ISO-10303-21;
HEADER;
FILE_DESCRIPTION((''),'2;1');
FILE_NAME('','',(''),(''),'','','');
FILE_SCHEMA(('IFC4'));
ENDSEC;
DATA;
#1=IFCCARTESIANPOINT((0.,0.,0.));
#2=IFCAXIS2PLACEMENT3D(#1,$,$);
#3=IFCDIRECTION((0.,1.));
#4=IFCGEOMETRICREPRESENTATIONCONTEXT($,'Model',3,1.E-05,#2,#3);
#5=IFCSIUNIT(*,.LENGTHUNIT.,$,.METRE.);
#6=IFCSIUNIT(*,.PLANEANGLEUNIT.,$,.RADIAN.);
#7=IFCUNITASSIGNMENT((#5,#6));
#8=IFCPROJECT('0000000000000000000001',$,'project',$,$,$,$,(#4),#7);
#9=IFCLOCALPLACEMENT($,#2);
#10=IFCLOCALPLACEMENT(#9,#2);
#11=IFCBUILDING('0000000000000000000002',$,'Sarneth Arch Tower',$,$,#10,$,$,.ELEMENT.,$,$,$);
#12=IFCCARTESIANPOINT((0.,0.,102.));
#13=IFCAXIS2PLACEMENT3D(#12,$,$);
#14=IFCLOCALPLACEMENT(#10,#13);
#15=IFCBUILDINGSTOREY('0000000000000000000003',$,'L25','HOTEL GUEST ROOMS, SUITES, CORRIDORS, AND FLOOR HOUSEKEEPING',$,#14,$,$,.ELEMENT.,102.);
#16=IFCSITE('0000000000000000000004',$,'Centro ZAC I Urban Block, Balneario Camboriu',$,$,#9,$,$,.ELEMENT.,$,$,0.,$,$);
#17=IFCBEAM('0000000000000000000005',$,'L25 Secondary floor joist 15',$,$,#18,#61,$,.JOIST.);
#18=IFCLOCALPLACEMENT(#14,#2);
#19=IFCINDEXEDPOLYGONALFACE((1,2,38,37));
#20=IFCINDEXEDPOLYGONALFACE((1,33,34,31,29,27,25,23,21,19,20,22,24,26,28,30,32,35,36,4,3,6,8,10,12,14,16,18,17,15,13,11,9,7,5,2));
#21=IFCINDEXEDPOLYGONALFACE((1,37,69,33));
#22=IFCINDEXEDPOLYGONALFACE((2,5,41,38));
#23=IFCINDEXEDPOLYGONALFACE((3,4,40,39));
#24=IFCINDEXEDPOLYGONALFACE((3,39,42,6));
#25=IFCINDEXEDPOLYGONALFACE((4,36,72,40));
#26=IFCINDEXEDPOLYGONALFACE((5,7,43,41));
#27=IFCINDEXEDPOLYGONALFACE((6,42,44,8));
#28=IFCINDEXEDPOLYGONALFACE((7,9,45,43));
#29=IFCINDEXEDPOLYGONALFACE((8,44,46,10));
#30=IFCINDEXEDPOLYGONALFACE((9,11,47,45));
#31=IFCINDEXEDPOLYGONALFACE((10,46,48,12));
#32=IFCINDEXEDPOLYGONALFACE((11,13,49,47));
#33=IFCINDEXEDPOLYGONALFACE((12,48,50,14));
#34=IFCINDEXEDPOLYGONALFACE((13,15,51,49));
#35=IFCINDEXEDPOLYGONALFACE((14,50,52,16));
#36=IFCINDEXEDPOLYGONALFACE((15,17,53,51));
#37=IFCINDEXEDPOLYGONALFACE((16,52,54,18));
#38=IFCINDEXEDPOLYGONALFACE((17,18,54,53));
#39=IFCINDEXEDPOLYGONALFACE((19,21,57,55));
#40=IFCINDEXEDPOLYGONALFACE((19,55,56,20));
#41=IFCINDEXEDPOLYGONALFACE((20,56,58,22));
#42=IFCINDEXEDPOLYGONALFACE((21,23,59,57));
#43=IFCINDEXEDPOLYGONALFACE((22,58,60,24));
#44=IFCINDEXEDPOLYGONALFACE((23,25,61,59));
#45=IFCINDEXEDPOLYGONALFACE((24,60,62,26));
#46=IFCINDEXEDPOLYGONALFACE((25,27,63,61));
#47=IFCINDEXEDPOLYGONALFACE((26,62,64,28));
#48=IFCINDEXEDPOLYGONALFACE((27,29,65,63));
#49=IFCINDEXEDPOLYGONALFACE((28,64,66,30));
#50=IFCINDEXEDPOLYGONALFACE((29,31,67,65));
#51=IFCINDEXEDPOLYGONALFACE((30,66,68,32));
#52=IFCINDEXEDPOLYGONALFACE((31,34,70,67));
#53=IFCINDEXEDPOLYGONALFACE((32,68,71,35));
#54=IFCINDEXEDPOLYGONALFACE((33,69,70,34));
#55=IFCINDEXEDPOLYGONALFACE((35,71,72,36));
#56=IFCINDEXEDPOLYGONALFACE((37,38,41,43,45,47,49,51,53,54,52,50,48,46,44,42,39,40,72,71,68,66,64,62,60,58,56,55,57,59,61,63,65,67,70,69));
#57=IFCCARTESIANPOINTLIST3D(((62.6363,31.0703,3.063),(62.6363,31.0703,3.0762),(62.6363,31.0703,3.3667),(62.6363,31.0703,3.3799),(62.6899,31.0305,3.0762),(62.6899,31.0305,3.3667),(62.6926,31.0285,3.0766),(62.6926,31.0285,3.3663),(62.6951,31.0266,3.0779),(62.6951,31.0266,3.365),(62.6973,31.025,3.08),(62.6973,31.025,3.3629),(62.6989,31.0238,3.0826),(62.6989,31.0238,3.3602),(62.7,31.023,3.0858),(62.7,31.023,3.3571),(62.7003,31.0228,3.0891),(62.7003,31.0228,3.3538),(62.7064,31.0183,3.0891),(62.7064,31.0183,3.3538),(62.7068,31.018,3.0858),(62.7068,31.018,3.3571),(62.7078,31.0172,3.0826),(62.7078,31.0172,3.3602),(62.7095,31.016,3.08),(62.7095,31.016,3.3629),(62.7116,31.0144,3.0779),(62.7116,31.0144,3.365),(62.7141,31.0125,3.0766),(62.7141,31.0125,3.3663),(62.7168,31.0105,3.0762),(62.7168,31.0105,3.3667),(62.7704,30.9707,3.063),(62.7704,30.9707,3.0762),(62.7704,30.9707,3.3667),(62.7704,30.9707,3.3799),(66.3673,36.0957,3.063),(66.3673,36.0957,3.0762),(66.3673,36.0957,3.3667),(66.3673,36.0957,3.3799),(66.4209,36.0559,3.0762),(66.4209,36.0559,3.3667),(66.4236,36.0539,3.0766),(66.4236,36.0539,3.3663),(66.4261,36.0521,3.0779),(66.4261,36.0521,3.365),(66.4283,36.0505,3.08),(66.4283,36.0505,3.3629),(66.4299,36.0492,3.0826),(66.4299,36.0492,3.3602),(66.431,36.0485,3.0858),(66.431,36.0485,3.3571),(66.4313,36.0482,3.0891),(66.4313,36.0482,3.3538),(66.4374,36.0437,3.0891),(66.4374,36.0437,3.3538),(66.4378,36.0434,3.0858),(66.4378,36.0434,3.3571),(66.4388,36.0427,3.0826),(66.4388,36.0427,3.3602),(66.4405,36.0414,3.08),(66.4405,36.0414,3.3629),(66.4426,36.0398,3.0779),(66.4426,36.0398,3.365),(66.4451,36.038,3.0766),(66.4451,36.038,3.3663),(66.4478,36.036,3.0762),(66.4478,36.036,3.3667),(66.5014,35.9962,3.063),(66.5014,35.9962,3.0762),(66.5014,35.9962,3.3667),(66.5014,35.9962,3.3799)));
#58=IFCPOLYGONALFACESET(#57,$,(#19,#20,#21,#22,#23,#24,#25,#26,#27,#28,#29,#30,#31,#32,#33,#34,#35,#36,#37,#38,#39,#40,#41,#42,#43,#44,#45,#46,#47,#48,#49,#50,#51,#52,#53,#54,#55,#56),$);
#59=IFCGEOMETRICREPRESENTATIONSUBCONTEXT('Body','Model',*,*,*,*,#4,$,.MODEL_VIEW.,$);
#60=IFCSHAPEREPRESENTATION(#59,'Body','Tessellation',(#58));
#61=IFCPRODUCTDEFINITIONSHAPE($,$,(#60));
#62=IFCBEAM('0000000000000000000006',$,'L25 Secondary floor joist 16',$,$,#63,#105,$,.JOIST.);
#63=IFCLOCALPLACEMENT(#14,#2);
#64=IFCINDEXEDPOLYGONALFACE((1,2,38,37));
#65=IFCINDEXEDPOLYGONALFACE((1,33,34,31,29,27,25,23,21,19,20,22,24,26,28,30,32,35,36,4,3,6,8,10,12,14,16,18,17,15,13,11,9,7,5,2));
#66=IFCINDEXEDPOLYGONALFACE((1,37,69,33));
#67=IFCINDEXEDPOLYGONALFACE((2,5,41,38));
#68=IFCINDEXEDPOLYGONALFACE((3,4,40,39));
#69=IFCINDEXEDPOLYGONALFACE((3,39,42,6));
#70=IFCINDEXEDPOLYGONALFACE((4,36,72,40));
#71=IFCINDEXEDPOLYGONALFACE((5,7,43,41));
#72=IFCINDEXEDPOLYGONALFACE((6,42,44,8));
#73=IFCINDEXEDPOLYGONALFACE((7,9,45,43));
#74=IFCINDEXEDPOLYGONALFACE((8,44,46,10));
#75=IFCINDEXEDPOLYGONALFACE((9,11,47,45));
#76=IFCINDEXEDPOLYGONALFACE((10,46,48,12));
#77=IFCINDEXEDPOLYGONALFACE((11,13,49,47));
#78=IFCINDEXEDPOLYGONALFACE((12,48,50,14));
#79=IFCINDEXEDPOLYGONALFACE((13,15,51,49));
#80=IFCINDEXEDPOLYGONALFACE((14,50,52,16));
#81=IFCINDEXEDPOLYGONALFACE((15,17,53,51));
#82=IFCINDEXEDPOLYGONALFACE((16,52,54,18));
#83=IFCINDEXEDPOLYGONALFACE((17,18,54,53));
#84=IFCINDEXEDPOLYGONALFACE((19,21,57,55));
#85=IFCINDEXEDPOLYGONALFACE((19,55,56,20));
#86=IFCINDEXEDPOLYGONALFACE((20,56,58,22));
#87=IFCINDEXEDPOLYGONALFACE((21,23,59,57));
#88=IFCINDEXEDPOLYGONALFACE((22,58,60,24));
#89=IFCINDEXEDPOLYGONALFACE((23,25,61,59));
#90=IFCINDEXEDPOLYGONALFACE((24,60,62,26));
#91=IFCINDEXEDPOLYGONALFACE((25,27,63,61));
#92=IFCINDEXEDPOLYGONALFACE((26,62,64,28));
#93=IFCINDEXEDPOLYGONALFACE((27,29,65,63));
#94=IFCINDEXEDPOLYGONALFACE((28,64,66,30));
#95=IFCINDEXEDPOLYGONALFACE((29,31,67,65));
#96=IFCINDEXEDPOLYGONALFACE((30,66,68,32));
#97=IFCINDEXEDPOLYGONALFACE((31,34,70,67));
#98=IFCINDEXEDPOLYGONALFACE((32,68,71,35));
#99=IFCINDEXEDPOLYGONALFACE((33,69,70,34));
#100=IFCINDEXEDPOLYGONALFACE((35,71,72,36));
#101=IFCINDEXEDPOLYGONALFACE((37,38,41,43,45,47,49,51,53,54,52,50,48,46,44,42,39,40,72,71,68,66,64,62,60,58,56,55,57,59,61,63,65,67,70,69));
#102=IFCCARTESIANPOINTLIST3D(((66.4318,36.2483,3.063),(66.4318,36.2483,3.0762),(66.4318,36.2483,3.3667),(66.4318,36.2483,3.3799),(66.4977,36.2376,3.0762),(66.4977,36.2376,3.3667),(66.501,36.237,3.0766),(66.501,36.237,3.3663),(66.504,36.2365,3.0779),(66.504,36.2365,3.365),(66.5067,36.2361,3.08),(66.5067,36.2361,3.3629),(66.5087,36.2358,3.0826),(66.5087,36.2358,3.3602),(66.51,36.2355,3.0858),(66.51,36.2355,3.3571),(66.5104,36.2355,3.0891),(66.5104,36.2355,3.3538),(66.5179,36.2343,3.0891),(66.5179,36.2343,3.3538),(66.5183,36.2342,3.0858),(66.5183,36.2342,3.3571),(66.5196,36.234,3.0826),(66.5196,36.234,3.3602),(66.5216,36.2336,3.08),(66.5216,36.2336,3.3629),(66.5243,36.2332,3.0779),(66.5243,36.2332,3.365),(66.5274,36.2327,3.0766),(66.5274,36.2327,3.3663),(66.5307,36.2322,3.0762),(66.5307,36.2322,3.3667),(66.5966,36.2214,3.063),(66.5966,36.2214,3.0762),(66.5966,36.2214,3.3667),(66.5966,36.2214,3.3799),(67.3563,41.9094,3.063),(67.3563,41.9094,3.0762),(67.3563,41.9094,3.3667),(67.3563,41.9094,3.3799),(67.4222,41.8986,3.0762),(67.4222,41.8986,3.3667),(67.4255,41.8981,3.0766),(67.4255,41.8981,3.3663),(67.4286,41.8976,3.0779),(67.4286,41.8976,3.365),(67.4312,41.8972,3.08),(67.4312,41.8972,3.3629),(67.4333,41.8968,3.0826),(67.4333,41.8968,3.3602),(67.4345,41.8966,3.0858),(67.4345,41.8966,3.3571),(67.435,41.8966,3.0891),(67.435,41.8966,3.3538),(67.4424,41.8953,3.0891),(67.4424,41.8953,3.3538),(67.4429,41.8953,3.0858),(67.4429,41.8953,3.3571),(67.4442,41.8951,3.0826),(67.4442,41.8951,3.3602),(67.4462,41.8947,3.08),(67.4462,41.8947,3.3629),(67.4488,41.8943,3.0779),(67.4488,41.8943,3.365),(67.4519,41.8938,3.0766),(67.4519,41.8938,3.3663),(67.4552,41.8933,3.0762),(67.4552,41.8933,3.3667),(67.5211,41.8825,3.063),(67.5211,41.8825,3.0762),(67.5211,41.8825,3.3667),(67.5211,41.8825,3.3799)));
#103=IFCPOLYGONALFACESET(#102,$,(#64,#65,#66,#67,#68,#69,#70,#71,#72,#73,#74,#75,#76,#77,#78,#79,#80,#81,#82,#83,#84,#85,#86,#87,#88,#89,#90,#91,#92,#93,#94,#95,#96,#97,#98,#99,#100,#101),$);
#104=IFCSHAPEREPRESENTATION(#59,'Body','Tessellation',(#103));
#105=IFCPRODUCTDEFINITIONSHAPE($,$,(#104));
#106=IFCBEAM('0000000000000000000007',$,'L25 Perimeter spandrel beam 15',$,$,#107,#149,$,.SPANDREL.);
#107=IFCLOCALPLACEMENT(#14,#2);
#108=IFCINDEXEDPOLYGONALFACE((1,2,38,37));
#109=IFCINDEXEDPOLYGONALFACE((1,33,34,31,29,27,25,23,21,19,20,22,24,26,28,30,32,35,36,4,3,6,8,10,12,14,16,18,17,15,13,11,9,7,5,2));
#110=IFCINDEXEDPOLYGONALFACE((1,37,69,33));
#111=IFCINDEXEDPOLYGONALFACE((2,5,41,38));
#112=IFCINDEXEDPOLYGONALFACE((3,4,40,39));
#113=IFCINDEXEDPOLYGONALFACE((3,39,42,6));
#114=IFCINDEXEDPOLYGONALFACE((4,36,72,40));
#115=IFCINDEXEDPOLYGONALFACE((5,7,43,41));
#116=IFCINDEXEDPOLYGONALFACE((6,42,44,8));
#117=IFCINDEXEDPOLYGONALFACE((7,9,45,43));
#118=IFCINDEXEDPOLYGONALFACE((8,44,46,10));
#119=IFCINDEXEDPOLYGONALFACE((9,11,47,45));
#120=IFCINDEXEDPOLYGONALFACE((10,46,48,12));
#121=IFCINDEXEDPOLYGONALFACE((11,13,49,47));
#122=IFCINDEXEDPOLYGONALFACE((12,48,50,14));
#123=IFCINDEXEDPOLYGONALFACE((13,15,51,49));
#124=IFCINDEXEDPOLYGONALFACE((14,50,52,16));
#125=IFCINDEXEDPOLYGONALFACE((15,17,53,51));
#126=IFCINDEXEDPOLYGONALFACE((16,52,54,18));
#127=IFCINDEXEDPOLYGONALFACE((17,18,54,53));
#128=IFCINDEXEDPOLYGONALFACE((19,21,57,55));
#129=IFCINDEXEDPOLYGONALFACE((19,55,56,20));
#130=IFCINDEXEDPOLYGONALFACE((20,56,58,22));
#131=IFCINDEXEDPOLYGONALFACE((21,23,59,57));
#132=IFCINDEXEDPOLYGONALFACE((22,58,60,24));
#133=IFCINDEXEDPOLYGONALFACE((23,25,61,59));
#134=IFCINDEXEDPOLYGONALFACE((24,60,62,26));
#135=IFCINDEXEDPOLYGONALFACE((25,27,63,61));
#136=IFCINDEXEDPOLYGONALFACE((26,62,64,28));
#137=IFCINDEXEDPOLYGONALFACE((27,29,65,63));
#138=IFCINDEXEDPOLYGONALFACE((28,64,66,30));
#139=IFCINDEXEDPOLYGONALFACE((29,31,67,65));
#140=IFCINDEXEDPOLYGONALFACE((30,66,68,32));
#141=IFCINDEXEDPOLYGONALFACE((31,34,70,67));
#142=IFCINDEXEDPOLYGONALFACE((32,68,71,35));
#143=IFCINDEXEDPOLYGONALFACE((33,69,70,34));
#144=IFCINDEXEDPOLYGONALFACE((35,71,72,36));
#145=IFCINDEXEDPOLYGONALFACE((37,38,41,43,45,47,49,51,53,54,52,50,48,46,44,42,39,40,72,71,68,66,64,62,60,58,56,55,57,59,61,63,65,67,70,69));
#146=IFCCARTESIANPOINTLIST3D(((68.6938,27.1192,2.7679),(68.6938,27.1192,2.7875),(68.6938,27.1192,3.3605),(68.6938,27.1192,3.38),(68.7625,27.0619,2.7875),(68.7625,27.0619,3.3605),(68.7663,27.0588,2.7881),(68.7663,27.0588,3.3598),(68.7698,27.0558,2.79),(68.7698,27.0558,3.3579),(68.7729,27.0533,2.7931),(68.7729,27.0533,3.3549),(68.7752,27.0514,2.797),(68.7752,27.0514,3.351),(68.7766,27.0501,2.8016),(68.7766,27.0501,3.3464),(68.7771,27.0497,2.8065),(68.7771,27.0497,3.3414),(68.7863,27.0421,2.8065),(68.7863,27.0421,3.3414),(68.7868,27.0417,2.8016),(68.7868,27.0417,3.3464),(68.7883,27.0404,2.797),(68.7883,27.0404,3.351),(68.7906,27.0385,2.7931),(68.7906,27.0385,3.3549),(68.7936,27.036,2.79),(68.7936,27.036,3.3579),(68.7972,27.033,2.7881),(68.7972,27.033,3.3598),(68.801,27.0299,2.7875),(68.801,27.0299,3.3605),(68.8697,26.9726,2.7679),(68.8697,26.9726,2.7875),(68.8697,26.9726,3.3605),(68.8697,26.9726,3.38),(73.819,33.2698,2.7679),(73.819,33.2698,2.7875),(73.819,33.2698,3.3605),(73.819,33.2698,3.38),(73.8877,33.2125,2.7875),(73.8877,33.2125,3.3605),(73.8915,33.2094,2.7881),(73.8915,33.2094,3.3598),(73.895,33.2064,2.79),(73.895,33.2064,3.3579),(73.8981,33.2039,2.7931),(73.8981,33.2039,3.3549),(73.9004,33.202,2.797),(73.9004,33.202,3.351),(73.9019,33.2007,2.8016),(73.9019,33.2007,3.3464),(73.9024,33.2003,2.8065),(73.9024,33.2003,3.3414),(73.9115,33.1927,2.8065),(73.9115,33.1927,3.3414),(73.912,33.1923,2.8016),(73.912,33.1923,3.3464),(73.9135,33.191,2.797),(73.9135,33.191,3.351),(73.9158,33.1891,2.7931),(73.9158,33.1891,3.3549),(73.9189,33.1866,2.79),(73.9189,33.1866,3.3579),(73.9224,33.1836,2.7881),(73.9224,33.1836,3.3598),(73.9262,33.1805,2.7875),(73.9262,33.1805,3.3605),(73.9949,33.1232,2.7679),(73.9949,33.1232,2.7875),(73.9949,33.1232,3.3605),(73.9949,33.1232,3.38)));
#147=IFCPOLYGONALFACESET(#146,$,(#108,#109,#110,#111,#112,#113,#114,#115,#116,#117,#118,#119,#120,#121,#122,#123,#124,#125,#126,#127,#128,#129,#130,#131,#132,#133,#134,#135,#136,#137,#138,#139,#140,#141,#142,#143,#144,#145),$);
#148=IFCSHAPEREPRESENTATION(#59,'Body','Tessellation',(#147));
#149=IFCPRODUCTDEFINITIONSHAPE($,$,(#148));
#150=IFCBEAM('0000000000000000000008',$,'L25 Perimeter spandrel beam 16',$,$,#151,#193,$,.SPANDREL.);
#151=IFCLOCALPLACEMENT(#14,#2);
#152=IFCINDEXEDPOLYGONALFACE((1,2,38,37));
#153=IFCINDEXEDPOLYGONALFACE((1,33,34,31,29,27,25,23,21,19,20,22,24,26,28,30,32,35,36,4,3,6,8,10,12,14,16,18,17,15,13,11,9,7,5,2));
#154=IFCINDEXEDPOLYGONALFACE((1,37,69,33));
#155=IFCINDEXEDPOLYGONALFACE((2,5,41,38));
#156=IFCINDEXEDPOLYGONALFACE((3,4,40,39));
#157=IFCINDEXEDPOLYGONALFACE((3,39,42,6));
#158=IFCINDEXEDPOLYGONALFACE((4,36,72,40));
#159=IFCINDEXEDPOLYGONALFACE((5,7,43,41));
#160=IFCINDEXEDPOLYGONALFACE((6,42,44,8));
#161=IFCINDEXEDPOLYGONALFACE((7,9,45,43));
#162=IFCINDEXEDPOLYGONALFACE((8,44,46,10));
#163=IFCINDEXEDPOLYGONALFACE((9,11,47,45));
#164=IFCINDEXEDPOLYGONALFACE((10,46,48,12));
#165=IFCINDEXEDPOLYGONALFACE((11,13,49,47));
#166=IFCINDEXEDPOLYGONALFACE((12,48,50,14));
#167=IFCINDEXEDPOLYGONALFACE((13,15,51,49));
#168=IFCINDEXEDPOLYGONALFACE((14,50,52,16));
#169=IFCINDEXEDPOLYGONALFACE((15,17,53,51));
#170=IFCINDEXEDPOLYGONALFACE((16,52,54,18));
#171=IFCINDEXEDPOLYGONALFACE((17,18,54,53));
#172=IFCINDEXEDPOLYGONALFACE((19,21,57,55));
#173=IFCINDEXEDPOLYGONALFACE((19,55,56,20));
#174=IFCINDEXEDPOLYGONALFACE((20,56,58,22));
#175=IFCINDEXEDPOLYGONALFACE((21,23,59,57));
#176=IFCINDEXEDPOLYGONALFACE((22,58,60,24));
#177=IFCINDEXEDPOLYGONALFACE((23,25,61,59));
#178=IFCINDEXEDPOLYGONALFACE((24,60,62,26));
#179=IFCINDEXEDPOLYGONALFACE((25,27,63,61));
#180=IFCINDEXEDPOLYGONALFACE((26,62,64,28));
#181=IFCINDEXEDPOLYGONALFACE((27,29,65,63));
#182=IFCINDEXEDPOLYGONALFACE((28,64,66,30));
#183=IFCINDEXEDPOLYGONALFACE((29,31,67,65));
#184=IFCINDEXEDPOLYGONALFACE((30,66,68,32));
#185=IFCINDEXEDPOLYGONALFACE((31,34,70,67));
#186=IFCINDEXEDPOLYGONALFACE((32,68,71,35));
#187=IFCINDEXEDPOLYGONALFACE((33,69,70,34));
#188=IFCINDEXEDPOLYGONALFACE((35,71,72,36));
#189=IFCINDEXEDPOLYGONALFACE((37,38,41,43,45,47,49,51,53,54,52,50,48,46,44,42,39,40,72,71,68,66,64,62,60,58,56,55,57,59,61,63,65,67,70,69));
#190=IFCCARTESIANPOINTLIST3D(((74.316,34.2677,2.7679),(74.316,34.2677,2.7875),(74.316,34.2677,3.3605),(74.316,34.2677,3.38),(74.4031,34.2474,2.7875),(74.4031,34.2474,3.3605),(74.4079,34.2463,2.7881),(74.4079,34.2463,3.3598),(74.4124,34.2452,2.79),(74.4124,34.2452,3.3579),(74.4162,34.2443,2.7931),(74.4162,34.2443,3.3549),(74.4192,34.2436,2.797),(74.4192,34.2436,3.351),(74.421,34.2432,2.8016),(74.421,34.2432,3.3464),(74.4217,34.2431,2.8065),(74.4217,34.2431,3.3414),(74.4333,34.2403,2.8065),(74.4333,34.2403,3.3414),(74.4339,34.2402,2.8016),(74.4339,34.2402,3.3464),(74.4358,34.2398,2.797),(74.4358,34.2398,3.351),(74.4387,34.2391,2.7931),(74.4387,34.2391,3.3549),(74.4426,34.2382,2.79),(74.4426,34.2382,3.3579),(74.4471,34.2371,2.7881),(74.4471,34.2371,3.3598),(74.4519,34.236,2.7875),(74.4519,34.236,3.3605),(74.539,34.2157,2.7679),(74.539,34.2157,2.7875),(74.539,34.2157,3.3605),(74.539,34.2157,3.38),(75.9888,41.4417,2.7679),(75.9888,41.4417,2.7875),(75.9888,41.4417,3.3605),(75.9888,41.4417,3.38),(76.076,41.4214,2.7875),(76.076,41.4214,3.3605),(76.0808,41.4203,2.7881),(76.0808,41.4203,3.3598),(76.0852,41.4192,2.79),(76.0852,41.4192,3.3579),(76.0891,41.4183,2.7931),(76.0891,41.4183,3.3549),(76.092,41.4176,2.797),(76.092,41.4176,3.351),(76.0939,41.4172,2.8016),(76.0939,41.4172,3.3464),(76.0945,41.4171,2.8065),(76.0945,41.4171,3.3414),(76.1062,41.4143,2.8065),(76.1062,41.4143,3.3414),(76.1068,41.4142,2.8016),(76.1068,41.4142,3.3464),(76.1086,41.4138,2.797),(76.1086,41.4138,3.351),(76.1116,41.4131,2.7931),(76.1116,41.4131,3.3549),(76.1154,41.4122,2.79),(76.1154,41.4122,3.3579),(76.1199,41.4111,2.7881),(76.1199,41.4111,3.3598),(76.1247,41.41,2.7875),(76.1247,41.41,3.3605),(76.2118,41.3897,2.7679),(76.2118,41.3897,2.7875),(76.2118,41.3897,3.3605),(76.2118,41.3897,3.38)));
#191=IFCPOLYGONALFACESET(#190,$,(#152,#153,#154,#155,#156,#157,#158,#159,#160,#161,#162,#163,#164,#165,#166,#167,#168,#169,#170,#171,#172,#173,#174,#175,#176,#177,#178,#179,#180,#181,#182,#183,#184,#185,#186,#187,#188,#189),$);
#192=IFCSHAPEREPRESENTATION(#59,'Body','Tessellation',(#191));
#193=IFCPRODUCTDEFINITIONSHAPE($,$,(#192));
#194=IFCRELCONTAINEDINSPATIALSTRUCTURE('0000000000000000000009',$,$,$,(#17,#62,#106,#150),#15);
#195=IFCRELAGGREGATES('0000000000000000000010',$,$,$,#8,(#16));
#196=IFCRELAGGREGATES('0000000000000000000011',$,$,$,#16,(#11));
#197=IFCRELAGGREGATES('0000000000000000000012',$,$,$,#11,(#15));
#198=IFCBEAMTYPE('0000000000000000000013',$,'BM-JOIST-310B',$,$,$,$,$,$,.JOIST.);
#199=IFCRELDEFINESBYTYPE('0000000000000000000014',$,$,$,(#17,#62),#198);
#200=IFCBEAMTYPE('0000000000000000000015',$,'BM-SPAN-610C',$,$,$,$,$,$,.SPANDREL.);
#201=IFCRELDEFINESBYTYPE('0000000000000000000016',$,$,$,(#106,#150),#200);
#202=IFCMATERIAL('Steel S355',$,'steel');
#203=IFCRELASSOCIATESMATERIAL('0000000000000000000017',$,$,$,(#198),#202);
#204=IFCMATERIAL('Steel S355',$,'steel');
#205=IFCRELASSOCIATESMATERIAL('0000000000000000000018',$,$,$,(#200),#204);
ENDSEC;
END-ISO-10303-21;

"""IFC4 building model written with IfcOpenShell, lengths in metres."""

from ifc_helpers import new_model, si_unit, direction, frame, origin, origin_2d, place, context, subcontext, project, spatial, i_section, extrude, material, material_profile, profile_set, type_object, element, save


model = new_model("IFC4")

# Units and contexts
model_context = context("Model", 3, precision=1e-05, world=origin(), true_north=direction((0.0, 1.0)))
body_context = subcontext(model_context, "Body", "Model", "MODEL_VIEW")
ifc_project = project(units=[si_unit("LENGTHUNIT", "METRE"), si_unit("PLANEANGLEUNIT", "RADIAN")], contexts=[model_context])

# Site, building, storey
site_placement = place(None, origin())
site = spatial("IfcSite", under=ifc_project, at=site_placement, Name="Centro ZAC I Urban Block, Balneario Camboriu", CompositionType="ELEMENT", RefElevation=0.0)
building_placement = place(site_placement, origin())
building = spatial("IfcBuilding", under=site, at=building_placement, Name="Sarneth Arch Tower", CompositionType="ELEMENT")
storey_placement = place(building_placement, frame((0.0, 0.0, 102.0)))
storey = spatial("IfcBuildingStorey", under=building, at=storey_placement, Name="L25", Description="HOTEL GUEST ROOMS, SUITES, CORRIDORS, AND FLOOR HOUSEKEEPING", CompositionType="ELEMENT", Elevation=102.0)

# Beams
ifc_material_1 = material(Name="Steel S355", Category="steel")
ifc_material_profile_1 = material_profile(ifc_material_1, i_section(OverallWidth=0.167, OverallDepth=0.3169, WebThickness=0.0076, FlangeThickness=0.0132, FilletRadius=0.0129, at=origin_2d()), Name="W310x52")
ifc_profile_set_1 = profile_set([ifc_material_profile_1], Name="Steel S355")
beam_type_1 = type_object("IfcBeamType", Name="BM-JOIST-310B", PredefinedType="JOIST", material=ifc_profile_set_1)
beam_1_placement = place(storey_placement, frame((62.7034, 31.0205, 3.2214), z_axis=(0.596098, 0.802911, 0.0), x_axis=(-0.802911, 0.596098, 0.0)))
element("IfcBeam", 1, at=beam_1_placement, inside=storey, type_object=beam_type_1, Name="L25 Secondary floor joist 15", PredefinedType="JOIST", context=body_context, shape_type="SweptSolid", body=[
    extrude(i_section(OverallWidth=0.167, OverallDepth=0.3169, WebThickness=0.0076, FlangeThickness=0.0132, FilletRadius=0.0129, at=origin_2d()), origin(), (0.0, 0.0, 1.0), 6.259),
])
beam_2_placement = place(storey_placement, frame((66.5142, 36.2349, 3.2214), z_axis=(0.161182, 0.986925, 0.0), x_axis=(-0.986925, 0.161182, 0.0)))
element("IfcBeam", 2, at=beam_2_placement, inside=storey, type_object=beam_type_1, Name="L25 Secondary floor joist 16", PredefinedType="JOIST", context=body_context, shape_type="SweptSolid", body=[
    extrude(i_section(OverallWidth=0.167, OverallDepth=0.3169, WebThickness=0.0076, FlangeThickness=0.0132, FilletRadius=0.0129, at=origin_2d()), origin(), (0.0, 0.0, 1.0), 5.7361),
])
ifc_material_2 = material(Name="Steel S355", Category="steel")
ifc_material_profile_2 = material_profile(ifc_material_2, i_section(OverallWidth=0.229, OverallDepth=0.6121, WebThickness=0.012, FlangeThickness=0.0195, FilletRadius=0.019, at=origin_2d()), Name="W610x125")
ifc_profile_set_2 = profile_set([ifc_material_profile_2], Name="Steel S355")
beam_type_2 = type_object("IfcBeamType", Name="BM-SPAN-610C", PredefinedType="SPANDREL", material=ifc_profile_set_2)
beam_3_placement = place(storey_placement, frame((68.7817, 27.0459, 3.074), z_axis=(0.640163, 0.768239, 0.0), x_axis=(-0.768239, 0.640163, 0.0)))
element("IfcBeam", 3, at=beam_3_placement, inside=storey, type_object=beam_type_2, Name="L25 Perimeter spandrel beam 15", PredefinedType="SPANDREL", context=body_context, shape_type="SweptSolid", body=[
    extrude(i_section(OverallWidth=0.229, OverallDepth=0.6121, WebThickness=0.012, FlangeThickness=0.0195, FilletRadius=0.019, at=origin_2d()), origin(), (0.0, 0.0, 1.0), 8.0061),
])
beam_4_placement = place(storey_placement, frame((74.4275, 34.2417, 3.074), z_axis=(0.227088, 0.973874, 0.0), x_axis=(-0.973874, 0.227088, 0.0)))
element("IfcBeam", 4, at=beam_4_placement, inside=storey, type_object=beam_type_2, Name="L25 Perimeter spandrel beam 16", PredefinedType="SPANDREL", context=body_context, shape_type="SweptSolid", body=[
    extrude(i_section(OverallWidth=0.229, OverallDepth=0.6121, WebThickness=0.012, FlangeThickness=0.0195, FilletRadius=0.019, at=origin_2d()), origin(), (0.0, 0.0, 1.0), 7.3665),
])

save(model, "model.ifc")
